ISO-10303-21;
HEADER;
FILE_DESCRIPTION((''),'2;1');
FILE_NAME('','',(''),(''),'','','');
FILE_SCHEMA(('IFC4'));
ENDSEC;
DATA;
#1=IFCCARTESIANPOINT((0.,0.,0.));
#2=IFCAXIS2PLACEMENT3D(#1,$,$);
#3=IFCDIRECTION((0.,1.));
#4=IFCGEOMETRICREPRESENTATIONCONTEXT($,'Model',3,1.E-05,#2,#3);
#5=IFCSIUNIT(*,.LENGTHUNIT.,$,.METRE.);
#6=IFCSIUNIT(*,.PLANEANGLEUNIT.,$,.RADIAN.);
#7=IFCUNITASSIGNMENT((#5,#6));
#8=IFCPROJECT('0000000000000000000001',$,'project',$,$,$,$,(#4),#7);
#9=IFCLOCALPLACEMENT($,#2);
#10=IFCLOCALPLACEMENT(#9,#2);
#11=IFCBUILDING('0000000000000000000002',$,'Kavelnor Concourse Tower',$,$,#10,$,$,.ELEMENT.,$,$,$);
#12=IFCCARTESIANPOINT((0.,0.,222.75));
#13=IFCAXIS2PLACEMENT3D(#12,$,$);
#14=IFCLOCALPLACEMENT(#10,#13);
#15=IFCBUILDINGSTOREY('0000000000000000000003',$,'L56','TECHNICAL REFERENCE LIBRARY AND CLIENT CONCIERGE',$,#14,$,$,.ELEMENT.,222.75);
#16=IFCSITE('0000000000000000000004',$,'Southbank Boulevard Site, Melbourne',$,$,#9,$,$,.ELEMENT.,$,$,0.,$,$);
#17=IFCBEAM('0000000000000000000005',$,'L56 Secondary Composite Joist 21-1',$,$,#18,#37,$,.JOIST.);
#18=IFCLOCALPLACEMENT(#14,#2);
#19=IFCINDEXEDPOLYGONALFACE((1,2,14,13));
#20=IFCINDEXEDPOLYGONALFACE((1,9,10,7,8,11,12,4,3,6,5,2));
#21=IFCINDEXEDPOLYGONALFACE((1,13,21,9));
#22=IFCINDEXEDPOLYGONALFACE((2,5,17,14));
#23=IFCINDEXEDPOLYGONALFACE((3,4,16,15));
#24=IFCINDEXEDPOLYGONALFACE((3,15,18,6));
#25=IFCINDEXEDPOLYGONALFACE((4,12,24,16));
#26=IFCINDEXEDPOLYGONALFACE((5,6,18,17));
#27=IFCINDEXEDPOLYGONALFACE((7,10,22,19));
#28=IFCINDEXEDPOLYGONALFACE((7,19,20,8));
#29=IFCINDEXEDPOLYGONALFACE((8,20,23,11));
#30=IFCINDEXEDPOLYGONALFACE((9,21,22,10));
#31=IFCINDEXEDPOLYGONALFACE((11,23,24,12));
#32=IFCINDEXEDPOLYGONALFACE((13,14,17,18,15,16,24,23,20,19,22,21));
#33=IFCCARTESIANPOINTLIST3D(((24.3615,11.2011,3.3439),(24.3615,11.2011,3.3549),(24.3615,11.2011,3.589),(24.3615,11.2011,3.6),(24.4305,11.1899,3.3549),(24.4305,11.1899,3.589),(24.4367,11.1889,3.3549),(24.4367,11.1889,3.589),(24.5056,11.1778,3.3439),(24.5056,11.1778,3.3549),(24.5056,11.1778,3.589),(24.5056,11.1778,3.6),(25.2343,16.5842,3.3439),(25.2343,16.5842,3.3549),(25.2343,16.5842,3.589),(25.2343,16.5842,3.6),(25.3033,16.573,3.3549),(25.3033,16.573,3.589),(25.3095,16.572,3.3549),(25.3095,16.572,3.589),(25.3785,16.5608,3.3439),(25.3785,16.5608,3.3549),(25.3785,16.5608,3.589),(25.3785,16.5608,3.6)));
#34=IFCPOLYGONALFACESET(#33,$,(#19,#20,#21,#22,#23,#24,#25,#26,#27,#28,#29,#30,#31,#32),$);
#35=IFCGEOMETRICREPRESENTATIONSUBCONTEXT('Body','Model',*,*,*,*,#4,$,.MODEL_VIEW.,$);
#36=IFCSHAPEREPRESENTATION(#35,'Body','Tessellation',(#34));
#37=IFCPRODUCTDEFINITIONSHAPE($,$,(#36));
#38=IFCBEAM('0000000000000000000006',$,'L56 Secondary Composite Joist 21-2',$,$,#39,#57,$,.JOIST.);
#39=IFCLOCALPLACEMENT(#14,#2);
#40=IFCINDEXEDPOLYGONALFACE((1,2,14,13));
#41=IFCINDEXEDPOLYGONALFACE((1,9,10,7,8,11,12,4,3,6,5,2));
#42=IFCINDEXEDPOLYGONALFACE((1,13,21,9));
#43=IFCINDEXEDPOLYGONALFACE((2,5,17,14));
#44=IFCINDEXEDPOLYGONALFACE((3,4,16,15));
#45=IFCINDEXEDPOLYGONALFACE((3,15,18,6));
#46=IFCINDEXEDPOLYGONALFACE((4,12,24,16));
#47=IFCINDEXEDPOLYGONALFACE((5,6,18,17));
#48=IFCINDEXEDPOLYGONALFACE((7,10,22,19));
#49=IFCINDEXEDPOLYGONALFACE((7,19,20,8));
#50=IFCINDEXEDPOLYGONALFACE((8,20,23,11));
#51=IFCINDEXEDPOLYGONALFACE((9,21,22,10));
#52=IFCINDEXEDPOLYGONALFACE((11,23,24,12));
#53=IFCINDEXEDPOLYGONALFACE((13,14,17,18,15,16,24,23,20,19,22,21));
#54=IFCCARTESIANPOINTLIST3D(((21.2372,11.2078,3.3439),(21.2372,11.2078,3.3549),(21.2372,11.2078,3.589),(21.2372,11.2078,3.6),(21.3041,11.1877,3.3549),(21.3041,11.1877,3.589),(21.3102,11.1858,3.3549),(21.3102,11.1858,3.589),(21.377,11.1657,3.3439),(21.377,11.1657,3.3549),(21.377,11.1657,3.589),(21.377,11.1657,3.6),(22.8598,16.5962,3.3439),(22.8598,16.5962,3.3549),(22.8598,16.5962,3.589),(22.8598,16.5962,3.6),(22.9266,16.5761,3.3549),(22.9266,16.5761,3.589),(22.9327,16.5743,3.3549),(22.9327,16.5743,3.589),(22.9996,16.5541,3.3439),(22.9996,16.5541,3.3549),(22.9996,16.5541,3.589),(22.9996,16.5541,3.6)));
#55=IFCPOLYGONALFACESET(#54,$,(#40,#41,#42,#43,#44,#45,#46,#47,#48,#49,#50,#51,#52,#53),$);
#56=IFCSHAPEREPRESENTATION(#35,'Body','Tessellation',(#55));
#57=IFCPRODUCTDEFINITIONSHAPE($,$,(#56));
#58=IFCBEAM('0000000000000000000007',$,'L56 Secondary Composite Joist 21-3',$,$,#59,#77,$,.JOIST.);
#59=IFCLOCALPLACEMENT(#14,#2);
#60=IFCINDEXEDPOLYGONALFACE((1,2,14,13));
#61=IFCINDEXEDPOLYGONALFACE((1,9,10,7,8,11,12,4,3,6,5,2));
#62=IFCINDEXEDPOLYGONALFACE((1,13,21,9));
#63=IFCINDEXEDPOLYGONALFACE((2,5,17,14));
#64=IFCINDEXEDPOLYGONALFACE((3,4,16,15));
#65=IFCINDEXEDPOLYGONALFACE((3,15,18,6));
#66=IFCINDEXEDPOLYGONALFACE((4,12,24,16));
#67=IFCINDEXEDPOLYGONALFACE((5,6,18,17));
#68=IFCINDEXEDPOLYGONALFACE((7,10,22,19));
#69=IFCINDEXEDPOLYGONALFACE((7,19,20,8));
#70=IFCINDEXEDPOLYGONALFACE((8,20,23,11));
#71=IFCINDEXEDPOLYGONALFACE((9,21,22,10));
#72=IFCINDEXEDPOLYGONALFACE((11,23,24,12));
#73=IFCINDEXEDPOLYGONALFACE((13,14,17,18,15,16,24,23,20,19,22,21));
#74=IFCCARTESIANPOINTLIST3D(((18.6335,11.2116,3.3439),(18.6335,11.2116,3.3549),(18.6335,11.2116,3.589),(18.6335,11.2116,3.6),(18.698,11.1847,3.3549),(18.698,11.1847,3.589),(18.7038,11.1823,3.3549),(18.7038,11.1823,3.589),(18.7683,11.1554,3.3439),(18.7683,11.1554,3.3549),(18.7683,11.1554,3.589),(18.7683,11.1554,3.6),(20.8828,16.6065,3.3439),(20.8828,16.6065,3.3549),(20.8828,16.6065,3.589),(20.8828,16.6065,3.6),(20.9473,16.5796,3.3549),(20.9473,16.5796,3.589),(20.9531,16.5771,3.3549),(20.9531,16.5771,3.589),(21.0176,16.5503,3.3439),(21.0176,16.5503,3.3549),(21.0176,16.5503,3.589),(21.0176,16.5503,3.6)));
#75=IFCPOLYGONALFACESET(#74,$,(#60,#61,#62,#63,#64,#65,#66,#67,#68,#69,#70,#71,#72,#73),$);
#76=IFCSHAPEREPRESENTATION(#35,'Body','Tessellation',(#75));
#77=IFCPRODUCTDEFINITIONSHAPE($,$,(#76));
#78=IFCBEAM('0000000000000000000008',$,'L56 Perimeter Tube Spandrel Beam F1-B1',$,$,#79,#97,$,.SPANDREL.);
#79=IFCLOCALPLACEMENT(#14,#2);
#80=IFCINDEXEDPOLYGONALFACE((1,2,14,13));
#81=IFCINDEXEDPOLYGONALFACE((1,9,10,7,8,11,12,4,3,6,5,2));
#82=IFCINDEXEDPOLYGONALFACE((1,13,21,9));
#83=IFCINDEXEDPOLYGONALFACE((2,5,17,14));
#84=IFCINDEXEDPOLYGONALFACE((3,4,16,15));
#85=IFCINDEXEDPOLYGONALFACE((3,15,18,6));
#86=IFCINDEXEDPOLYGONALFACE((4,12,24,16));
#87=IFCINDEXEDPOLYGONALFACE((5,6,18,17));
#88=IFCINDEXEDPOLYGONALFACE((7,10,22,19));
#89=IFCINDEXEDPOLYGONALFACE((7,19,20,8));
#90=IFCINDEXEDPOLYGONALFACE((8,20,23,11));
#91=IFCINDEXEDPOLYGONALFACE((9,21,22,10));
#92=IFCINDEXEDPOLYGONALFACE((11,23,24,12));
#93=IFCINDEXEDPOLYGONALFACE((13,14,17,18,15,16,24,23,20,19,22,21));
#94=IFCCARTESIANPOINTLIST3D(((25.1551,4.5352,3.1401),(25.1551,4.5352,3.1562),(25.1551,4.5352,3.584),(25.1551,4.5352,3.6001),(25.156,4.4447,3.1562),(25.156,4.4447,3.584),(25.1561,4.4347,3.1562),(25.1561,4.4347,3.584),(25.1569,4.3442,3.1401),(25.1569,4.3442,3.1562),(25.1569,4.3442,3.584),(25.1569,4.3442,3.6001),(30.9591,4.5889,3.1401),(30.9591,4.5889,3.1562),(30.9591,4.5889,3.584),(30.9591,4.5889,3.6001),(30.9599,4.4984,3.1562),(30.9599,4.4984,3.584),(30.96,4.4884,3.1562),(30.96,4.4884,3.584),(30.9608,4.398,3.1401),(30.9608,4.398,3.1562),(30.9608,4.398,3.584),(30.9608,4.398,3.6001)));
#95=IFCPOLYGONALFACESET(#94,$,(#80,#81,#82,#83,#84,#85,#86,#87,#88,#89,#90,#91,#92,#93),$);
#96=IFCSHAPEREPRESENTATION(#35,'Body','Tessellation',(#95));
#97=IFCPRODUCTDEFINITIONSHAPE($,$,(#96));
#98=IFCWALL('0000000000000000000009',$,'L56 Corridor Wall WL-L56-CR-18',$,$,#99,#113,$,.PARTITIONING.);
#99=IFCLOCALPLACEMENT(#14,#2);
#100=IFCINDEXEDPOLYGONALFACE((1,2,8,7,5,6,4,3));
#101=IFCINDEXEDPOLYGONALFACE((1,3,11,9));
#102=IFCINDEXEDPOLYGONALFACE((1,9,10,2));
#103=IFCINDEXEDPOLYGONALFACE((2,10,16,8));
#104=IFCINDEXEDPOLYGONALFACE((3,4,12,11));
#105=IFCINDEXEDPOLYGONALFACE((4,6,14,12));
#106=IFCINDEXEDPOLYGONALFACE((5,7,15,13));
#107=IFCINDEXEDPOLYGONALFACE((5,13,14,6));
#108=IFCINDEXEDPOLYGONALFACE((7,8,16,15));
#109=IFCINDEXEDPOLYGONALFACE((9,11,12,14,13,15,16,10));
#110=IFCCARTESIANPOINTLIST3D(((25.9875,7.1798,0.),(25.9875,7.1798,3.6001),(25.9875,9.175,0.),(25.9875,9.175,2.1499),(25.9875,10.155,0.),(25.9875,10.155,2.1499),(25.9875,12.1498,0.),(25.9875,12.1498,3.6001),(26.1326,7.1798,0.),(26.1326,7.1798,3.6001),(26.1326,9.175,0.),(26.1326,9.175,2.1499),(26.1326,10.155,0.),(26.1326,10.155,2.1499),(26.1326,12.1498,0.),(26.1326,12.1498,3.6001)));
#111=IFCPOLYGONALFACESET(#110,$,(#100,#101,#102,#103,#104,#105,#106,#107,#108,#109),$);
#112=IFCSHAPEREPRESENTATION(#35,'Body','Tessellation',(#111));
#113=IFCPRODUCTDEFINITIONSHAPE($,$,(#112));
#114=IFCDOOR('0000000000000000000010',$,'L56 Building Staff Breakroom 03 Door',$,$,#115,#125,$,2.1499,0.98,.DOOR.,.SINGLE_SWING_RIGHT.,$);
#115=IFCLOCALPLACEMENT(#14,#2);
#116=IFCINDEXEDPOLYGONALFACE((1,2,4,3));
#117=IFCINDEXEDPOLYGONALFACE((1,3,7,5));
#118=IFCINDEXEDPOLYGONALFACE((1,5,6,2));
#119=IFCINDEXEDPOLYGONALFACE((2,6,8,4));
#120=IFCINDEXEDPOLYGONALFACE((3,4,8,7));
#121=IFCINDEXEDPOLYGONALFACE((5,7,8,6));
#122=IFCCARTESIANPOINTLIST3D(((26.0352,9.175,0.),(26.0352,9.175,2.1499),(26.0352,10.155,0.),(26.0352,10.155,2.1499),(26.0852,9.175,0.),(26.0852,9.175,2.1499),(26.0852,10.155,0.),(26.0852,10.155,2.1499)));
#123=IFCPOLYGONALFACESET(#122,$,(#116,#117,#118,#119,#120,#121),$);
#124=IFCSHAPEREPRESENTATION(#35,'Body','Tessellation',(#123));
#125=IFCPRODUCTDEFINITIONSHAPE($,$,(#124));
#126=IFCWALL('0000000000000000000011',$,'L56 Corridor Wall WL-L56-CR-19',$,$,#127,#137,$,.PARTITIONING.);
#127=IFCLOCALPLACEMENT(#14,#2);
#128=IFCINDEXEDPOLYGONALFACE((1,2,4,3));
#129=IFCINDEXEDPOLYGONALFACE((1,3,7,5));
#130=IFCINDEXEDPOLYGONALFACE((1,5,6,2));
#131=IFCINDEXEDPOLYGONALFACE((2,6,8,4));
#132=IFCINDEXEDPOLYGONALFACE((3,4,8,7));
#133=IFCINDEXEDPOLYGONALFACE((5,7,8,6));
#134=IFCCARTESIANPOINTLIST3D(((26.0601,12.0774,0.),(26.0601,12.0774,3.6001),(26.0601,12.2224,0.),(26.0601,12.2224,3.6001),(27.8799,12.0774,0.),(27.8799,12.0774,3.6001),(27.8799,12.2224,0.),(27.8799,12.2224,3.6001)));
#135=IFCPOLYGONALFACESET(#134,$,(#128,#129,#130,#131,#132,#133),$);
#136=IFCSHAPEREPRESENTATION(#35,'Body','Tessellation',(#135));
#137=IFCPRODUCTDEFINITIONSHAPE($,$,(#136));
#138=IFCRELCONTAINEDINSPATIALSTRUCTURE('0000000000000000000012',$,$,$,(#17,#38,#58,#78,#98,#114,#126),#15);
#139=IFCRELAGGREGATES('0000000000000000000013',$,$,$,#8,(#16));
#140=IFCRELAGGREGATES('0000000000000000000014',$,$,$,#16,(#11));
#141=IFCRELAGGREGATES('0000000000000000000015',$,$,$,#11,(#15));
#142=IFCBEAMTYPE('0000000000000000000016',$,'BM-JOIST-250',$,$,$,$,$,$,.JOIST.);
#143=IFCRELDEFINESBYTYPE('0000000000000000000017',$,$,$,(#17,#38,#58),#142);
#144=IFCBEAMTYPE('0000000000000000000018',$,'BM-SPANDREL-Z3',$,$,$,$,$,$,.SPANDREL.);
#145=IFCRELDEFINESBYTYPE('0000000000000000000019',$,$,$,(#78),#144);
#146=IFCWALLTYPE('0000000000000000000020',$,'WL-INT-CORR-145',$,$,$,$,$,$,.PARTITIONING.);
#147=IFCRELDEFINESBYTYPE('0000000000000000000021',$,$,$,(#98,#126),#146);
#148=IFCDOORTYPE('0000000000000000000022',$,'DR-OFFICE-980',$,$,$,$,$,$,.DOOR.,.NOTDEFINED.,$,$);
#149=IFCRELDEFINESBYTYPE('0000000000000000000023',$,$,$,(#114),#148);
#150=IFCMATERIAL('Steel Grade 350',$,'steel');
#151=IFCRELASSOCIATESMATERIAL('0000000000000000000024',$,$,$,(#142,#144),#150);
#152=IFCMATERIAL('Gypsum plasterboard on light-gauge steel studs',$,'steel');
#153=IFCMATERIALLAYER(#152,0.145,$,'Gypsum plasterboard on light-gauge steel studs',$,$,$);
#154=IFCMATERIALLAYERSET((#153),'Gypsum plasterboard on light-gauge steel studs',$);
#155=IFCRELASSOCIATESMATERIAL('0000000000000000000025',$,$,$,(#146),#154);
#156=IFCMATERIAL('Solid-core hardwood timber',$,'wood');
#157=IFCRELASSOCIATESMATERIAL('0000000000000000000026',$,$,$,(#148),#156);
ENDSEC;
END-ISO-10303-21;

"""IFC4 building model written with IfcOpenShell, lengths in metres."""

from ifc_helpers import new_model, si_unit, direction, frame, frame_2d, origin, origin_2d, place, context, subcontext, project, spatial, rectangle, i_section, extrude, material, layer, layer_set, material_profile, profile_set, type_object, element, fill, save


model = new_model("IFC4")

# Units and contexts
model_context = context("Model", 3, precision=1e-05, world=origin(), true_north=direction((0.0, 1.0)))
body_context = subcontext(model_context, "Body", "Model", "MODEL_VIEW")
ifc_project = project(units=[si_unit("LENGTHUNIT", "METRE"), si_unit("PLANEANGLEUNIT", "RADIAN")], contexts=[model_context])

# Site, building, storey
site_placement = place(None, origin())
site = spatial("IfcSite", under=ifc_project, at=site_placement, Name="Southbank Boulevard Site, Melbourne", CompositionType="ELEMENT", RefElevation=0.0)
building_placement = place(site_placement, origin())
building = spatial("IfcBuilding", under=site, at=building_placement, Name="Kavelnor Concourse Tower", CompositionType="ELEMENT")
storey_placement = place(building_placement, frame((0.0, 0.0, 222.75)))
storey = spatial("IfcBuildingStorey", under=building, at=storey_placement, Name="L56", Description="TECHNICAL REFERENCE LIBRARY AND CLIENT CONCIERGE", CompositionType="ELEMENT", Elevation=222.75)

# Shared definitions
ifc_material_1 = material(Name="Steel Grade 350", Category="steel")

# Beams
ifc_material_profile_1 = material_profile(ifc_material_1, i_section(OverallWidth=0.146, OverallDepth=0.2561, WebThickness=0.0063, FlangeThickness=0.011, at=origin_2d()), Name="250UB37")
ifc_profile_set_1 = profile_set([ifc_material_profile_1], Name="Steel Grade 350")
beam_type_1 = type_object("IfcBeamType", Name="BM-JOIST-250", PredefinedType="JOIST", material=ifc_profile_set_1)
beam_1_placement = place(storey_placement, frame((25.3064, 16.5725, 3.4719), z_axis=(-0.160049, -0.987109, 0.0), x_axis=(0.987109, -0.160049, 0.0)))
element("IfcBeam", 1, at=beam_1_placement, inside=storey, type_object=beam_type_1, Name="L56 Secondary Composite Joist 21-1", PredefinedType="JOIST", context=body_context, shape_type="SweptSolid", body=[
    extrude(i_section(OverallWidth=0.146, OverallDepth=0.2561, WebThickness=0.0063, FlangeThickness=0.011, at=origin_2d()), origin(), (0.0, 0.0, 1.0), 5.4534),
])
beam_2_placement = place(storey_placement, frame((22.9297, 16.5752, 3.4719), z_axis=(-0.288331, -0.957531, 0.0), x_axis=(0.957531, -0.288331, 0.0)))
element("IfcBeam", 2, at=beam_2_placement, inside=storey, type_object=beam_type_1, Name="L56 Secondary Composite Joist 21-2", PredefinedType="JOIST", context=body_context, shape_type="SweptSolid", body=[
    extrude(i_section(OverallWidth=0.146, OverallDepth=0.2561, WebThickness=0.0063, FlangeThickness=0.011, at=origin_2d()), origin(), (0.0, 0.0, 1.0), 5.6274),
])
beam_3_placement = place(storey_placement, frame((20.9502, 16.5784, 3.4719), z_axis=(-0.384826, -0.922989, 0.0), x_axis=(0.922989, -0.384826, 0.0)))
element("IfcBeam", 3, at=beam_3_placement, inside=storey, type_object=beam_type_1, Name="L56 Secondary Composite Joist 21-3", PredefinedType="JOIST", context=body_context, shape_type="SweptSolid", body=[
    extrude(i_section(OverallWidth=0.146, OverallDepth=0.2561, WebThickness=0.0063, FlangeThickness=0.011, at=origin_2d()), origin(), (0.0, 0.0, 1.0), 5.845),
])
ifc_material_profile_2 = material_profile(ifc_material_1, i_section(OverallWidth=0.1909, OverallDepth=0.46, WebThickness=0.01, FlangeThickness=0.0161, at=origin_2d()), Name="460UB82")
ifc_profile_set_2 = profile_set([ifc_material_profile_2], Name="Steel Grade 350")
beam_type_2 = type_object("IfcBeamType", Name="BM-SPANDREL-Z3", PredefinedType="SPANDREL", material=ifc_profile_set_2)
beam_4_placement = place(storey_placement, frame((25.156, 4.4397, 3.3701), z_axis=(0.999957, 0.009254, 0.0), x_axis=(-0.009254, 0.999957, 0.0)))
element("IfcBeam", 4, at=beam_4_placement, inside=storey, type_object=beam_type_2, Name="L56 Perimeter Tube Spandrel Beam F1-B1", PredefinedType="SPANDREL", context=body_context, shape_type="SweptSolid", body=[
    extrude(i_section(OverallWidth=0.1909, OverallDepth=0.46, WebThickness=0.01, FlangeThickness=0.0161, at=origin_2d()), origin(), (0.0, 0.0, 1.0), 5.8042),
])

# Wall, opening, door
ifc_material_2 = material(Name="Gypsum plasterboard on light-gauge steel studs", Category="steel")
ifc_layer = layer(ifc_material_2, 0.145, Name="Gypsum plasterboard on light-gauge steel studs")
ifc_layer_set = layer_set([ifc_layer], Name="Gypsum plasterboard on light-gauge steel studs")
wall_type = type_object("IfcWallType", Name="WL-INT-CORR-145", PredefinedType="PARTITIONING", material=ifc_layer_set)
wall_1_placement = place(storey_placement, frame((26.0601, 7.1799, 0.0), z_axis=(0.0, 0.0, 1.0), x_axis=(0.0, 1.0, 0.0)))
wall_1 = element("IfcWall", 5, at=wall_1_placement, inside=storey, type_object=wall_type, Name="L56 Corridor Wall WL-L56-CR-18", PredefinedType="PARTITIONING", context=body_context, shape_type="SweptSolid", body=[
    extrude(rectangle(XDim=4.97, YDim=0.145, at=frame_2d((2.4849, 0.0))), origin(), (0.0, 0.0, 1.0), 3.6001),
])
opening_placement = place(wall_1_placement, frame((1.9951, 0.0, 0.0)))
opening = element("IfcOpeningElement", 6, at=opening_placement, cuts=wall_1, PredefinedType="OPENING", context=body_context, shape_type="SweptSolid", body=[
    extrude(rectangle(XDim=0.98, YDim=2.1499, at=frame_2d((0.49, 1.075))), frame((0.0, 0.0825, 0.0), z_axis=(0.0, -1.0, 0.0), x_axis=(1.0, 0.0, 0.0)), (0.0, 0.0, 1.0), 0.165),
])
ifc_material_3 = material(Name="Solid-core hardwood timber", Category="wood")
door_type = type_object("IfcDoorType", Name="DR-OFFICE-980", OperationType="NOTDEFINED", PredefinedType="DOOR", material=ifc_material_3)
door_placement = place(opening_placement, origin())
door = element("IfcDoor", 7, at=door_placement, inside=storey, type_object=door_type, Name="L56 Building Staff Breakroom 03 Door", OperationType="SINGLE_SWING_RIGHT", OverallHeight=2.1499, OverallWidth=0.98, PredefinedType="DOOR", context=body_context, shape_type="SweptSolid", body=[
    extrude(rectangle(XDim=0.98, YDim=2.1499, at=frame_2d((0.49, 1.075))), frame((0.0, 0.0249, 0.0), z_axis=(0.0, -1.0, 0.0), x_axis=(1.0, 0.0, 0.0)), (0.0, 0.0, 1.0), 0.05),
])
fill(opening, door)

# Wall
wall_2_placement = place(storey_placement, frame((26.0601, 12.1499, 0.0), z_axis=(0.0, 0.0, 1.0), x_axis=(1.0, 0.0, 0.0)))
element("IfcWall", 8, at=wall_2_placement, inside=storey, type_object=wall_type, Name="L56 Corridor Wall WL-L56-CR-19", PredefinedType="PARTITIONING", context=body_context, shape_type="SweptSolid", body=[
    extrude(rectangle(XDim=1.8198, YDim=0.145, at=frame_2d((0.9099, 0.0))), origin(), (0.0, 0.0, 1.0), 3.6001),
])

save(model, "model.ifc")
